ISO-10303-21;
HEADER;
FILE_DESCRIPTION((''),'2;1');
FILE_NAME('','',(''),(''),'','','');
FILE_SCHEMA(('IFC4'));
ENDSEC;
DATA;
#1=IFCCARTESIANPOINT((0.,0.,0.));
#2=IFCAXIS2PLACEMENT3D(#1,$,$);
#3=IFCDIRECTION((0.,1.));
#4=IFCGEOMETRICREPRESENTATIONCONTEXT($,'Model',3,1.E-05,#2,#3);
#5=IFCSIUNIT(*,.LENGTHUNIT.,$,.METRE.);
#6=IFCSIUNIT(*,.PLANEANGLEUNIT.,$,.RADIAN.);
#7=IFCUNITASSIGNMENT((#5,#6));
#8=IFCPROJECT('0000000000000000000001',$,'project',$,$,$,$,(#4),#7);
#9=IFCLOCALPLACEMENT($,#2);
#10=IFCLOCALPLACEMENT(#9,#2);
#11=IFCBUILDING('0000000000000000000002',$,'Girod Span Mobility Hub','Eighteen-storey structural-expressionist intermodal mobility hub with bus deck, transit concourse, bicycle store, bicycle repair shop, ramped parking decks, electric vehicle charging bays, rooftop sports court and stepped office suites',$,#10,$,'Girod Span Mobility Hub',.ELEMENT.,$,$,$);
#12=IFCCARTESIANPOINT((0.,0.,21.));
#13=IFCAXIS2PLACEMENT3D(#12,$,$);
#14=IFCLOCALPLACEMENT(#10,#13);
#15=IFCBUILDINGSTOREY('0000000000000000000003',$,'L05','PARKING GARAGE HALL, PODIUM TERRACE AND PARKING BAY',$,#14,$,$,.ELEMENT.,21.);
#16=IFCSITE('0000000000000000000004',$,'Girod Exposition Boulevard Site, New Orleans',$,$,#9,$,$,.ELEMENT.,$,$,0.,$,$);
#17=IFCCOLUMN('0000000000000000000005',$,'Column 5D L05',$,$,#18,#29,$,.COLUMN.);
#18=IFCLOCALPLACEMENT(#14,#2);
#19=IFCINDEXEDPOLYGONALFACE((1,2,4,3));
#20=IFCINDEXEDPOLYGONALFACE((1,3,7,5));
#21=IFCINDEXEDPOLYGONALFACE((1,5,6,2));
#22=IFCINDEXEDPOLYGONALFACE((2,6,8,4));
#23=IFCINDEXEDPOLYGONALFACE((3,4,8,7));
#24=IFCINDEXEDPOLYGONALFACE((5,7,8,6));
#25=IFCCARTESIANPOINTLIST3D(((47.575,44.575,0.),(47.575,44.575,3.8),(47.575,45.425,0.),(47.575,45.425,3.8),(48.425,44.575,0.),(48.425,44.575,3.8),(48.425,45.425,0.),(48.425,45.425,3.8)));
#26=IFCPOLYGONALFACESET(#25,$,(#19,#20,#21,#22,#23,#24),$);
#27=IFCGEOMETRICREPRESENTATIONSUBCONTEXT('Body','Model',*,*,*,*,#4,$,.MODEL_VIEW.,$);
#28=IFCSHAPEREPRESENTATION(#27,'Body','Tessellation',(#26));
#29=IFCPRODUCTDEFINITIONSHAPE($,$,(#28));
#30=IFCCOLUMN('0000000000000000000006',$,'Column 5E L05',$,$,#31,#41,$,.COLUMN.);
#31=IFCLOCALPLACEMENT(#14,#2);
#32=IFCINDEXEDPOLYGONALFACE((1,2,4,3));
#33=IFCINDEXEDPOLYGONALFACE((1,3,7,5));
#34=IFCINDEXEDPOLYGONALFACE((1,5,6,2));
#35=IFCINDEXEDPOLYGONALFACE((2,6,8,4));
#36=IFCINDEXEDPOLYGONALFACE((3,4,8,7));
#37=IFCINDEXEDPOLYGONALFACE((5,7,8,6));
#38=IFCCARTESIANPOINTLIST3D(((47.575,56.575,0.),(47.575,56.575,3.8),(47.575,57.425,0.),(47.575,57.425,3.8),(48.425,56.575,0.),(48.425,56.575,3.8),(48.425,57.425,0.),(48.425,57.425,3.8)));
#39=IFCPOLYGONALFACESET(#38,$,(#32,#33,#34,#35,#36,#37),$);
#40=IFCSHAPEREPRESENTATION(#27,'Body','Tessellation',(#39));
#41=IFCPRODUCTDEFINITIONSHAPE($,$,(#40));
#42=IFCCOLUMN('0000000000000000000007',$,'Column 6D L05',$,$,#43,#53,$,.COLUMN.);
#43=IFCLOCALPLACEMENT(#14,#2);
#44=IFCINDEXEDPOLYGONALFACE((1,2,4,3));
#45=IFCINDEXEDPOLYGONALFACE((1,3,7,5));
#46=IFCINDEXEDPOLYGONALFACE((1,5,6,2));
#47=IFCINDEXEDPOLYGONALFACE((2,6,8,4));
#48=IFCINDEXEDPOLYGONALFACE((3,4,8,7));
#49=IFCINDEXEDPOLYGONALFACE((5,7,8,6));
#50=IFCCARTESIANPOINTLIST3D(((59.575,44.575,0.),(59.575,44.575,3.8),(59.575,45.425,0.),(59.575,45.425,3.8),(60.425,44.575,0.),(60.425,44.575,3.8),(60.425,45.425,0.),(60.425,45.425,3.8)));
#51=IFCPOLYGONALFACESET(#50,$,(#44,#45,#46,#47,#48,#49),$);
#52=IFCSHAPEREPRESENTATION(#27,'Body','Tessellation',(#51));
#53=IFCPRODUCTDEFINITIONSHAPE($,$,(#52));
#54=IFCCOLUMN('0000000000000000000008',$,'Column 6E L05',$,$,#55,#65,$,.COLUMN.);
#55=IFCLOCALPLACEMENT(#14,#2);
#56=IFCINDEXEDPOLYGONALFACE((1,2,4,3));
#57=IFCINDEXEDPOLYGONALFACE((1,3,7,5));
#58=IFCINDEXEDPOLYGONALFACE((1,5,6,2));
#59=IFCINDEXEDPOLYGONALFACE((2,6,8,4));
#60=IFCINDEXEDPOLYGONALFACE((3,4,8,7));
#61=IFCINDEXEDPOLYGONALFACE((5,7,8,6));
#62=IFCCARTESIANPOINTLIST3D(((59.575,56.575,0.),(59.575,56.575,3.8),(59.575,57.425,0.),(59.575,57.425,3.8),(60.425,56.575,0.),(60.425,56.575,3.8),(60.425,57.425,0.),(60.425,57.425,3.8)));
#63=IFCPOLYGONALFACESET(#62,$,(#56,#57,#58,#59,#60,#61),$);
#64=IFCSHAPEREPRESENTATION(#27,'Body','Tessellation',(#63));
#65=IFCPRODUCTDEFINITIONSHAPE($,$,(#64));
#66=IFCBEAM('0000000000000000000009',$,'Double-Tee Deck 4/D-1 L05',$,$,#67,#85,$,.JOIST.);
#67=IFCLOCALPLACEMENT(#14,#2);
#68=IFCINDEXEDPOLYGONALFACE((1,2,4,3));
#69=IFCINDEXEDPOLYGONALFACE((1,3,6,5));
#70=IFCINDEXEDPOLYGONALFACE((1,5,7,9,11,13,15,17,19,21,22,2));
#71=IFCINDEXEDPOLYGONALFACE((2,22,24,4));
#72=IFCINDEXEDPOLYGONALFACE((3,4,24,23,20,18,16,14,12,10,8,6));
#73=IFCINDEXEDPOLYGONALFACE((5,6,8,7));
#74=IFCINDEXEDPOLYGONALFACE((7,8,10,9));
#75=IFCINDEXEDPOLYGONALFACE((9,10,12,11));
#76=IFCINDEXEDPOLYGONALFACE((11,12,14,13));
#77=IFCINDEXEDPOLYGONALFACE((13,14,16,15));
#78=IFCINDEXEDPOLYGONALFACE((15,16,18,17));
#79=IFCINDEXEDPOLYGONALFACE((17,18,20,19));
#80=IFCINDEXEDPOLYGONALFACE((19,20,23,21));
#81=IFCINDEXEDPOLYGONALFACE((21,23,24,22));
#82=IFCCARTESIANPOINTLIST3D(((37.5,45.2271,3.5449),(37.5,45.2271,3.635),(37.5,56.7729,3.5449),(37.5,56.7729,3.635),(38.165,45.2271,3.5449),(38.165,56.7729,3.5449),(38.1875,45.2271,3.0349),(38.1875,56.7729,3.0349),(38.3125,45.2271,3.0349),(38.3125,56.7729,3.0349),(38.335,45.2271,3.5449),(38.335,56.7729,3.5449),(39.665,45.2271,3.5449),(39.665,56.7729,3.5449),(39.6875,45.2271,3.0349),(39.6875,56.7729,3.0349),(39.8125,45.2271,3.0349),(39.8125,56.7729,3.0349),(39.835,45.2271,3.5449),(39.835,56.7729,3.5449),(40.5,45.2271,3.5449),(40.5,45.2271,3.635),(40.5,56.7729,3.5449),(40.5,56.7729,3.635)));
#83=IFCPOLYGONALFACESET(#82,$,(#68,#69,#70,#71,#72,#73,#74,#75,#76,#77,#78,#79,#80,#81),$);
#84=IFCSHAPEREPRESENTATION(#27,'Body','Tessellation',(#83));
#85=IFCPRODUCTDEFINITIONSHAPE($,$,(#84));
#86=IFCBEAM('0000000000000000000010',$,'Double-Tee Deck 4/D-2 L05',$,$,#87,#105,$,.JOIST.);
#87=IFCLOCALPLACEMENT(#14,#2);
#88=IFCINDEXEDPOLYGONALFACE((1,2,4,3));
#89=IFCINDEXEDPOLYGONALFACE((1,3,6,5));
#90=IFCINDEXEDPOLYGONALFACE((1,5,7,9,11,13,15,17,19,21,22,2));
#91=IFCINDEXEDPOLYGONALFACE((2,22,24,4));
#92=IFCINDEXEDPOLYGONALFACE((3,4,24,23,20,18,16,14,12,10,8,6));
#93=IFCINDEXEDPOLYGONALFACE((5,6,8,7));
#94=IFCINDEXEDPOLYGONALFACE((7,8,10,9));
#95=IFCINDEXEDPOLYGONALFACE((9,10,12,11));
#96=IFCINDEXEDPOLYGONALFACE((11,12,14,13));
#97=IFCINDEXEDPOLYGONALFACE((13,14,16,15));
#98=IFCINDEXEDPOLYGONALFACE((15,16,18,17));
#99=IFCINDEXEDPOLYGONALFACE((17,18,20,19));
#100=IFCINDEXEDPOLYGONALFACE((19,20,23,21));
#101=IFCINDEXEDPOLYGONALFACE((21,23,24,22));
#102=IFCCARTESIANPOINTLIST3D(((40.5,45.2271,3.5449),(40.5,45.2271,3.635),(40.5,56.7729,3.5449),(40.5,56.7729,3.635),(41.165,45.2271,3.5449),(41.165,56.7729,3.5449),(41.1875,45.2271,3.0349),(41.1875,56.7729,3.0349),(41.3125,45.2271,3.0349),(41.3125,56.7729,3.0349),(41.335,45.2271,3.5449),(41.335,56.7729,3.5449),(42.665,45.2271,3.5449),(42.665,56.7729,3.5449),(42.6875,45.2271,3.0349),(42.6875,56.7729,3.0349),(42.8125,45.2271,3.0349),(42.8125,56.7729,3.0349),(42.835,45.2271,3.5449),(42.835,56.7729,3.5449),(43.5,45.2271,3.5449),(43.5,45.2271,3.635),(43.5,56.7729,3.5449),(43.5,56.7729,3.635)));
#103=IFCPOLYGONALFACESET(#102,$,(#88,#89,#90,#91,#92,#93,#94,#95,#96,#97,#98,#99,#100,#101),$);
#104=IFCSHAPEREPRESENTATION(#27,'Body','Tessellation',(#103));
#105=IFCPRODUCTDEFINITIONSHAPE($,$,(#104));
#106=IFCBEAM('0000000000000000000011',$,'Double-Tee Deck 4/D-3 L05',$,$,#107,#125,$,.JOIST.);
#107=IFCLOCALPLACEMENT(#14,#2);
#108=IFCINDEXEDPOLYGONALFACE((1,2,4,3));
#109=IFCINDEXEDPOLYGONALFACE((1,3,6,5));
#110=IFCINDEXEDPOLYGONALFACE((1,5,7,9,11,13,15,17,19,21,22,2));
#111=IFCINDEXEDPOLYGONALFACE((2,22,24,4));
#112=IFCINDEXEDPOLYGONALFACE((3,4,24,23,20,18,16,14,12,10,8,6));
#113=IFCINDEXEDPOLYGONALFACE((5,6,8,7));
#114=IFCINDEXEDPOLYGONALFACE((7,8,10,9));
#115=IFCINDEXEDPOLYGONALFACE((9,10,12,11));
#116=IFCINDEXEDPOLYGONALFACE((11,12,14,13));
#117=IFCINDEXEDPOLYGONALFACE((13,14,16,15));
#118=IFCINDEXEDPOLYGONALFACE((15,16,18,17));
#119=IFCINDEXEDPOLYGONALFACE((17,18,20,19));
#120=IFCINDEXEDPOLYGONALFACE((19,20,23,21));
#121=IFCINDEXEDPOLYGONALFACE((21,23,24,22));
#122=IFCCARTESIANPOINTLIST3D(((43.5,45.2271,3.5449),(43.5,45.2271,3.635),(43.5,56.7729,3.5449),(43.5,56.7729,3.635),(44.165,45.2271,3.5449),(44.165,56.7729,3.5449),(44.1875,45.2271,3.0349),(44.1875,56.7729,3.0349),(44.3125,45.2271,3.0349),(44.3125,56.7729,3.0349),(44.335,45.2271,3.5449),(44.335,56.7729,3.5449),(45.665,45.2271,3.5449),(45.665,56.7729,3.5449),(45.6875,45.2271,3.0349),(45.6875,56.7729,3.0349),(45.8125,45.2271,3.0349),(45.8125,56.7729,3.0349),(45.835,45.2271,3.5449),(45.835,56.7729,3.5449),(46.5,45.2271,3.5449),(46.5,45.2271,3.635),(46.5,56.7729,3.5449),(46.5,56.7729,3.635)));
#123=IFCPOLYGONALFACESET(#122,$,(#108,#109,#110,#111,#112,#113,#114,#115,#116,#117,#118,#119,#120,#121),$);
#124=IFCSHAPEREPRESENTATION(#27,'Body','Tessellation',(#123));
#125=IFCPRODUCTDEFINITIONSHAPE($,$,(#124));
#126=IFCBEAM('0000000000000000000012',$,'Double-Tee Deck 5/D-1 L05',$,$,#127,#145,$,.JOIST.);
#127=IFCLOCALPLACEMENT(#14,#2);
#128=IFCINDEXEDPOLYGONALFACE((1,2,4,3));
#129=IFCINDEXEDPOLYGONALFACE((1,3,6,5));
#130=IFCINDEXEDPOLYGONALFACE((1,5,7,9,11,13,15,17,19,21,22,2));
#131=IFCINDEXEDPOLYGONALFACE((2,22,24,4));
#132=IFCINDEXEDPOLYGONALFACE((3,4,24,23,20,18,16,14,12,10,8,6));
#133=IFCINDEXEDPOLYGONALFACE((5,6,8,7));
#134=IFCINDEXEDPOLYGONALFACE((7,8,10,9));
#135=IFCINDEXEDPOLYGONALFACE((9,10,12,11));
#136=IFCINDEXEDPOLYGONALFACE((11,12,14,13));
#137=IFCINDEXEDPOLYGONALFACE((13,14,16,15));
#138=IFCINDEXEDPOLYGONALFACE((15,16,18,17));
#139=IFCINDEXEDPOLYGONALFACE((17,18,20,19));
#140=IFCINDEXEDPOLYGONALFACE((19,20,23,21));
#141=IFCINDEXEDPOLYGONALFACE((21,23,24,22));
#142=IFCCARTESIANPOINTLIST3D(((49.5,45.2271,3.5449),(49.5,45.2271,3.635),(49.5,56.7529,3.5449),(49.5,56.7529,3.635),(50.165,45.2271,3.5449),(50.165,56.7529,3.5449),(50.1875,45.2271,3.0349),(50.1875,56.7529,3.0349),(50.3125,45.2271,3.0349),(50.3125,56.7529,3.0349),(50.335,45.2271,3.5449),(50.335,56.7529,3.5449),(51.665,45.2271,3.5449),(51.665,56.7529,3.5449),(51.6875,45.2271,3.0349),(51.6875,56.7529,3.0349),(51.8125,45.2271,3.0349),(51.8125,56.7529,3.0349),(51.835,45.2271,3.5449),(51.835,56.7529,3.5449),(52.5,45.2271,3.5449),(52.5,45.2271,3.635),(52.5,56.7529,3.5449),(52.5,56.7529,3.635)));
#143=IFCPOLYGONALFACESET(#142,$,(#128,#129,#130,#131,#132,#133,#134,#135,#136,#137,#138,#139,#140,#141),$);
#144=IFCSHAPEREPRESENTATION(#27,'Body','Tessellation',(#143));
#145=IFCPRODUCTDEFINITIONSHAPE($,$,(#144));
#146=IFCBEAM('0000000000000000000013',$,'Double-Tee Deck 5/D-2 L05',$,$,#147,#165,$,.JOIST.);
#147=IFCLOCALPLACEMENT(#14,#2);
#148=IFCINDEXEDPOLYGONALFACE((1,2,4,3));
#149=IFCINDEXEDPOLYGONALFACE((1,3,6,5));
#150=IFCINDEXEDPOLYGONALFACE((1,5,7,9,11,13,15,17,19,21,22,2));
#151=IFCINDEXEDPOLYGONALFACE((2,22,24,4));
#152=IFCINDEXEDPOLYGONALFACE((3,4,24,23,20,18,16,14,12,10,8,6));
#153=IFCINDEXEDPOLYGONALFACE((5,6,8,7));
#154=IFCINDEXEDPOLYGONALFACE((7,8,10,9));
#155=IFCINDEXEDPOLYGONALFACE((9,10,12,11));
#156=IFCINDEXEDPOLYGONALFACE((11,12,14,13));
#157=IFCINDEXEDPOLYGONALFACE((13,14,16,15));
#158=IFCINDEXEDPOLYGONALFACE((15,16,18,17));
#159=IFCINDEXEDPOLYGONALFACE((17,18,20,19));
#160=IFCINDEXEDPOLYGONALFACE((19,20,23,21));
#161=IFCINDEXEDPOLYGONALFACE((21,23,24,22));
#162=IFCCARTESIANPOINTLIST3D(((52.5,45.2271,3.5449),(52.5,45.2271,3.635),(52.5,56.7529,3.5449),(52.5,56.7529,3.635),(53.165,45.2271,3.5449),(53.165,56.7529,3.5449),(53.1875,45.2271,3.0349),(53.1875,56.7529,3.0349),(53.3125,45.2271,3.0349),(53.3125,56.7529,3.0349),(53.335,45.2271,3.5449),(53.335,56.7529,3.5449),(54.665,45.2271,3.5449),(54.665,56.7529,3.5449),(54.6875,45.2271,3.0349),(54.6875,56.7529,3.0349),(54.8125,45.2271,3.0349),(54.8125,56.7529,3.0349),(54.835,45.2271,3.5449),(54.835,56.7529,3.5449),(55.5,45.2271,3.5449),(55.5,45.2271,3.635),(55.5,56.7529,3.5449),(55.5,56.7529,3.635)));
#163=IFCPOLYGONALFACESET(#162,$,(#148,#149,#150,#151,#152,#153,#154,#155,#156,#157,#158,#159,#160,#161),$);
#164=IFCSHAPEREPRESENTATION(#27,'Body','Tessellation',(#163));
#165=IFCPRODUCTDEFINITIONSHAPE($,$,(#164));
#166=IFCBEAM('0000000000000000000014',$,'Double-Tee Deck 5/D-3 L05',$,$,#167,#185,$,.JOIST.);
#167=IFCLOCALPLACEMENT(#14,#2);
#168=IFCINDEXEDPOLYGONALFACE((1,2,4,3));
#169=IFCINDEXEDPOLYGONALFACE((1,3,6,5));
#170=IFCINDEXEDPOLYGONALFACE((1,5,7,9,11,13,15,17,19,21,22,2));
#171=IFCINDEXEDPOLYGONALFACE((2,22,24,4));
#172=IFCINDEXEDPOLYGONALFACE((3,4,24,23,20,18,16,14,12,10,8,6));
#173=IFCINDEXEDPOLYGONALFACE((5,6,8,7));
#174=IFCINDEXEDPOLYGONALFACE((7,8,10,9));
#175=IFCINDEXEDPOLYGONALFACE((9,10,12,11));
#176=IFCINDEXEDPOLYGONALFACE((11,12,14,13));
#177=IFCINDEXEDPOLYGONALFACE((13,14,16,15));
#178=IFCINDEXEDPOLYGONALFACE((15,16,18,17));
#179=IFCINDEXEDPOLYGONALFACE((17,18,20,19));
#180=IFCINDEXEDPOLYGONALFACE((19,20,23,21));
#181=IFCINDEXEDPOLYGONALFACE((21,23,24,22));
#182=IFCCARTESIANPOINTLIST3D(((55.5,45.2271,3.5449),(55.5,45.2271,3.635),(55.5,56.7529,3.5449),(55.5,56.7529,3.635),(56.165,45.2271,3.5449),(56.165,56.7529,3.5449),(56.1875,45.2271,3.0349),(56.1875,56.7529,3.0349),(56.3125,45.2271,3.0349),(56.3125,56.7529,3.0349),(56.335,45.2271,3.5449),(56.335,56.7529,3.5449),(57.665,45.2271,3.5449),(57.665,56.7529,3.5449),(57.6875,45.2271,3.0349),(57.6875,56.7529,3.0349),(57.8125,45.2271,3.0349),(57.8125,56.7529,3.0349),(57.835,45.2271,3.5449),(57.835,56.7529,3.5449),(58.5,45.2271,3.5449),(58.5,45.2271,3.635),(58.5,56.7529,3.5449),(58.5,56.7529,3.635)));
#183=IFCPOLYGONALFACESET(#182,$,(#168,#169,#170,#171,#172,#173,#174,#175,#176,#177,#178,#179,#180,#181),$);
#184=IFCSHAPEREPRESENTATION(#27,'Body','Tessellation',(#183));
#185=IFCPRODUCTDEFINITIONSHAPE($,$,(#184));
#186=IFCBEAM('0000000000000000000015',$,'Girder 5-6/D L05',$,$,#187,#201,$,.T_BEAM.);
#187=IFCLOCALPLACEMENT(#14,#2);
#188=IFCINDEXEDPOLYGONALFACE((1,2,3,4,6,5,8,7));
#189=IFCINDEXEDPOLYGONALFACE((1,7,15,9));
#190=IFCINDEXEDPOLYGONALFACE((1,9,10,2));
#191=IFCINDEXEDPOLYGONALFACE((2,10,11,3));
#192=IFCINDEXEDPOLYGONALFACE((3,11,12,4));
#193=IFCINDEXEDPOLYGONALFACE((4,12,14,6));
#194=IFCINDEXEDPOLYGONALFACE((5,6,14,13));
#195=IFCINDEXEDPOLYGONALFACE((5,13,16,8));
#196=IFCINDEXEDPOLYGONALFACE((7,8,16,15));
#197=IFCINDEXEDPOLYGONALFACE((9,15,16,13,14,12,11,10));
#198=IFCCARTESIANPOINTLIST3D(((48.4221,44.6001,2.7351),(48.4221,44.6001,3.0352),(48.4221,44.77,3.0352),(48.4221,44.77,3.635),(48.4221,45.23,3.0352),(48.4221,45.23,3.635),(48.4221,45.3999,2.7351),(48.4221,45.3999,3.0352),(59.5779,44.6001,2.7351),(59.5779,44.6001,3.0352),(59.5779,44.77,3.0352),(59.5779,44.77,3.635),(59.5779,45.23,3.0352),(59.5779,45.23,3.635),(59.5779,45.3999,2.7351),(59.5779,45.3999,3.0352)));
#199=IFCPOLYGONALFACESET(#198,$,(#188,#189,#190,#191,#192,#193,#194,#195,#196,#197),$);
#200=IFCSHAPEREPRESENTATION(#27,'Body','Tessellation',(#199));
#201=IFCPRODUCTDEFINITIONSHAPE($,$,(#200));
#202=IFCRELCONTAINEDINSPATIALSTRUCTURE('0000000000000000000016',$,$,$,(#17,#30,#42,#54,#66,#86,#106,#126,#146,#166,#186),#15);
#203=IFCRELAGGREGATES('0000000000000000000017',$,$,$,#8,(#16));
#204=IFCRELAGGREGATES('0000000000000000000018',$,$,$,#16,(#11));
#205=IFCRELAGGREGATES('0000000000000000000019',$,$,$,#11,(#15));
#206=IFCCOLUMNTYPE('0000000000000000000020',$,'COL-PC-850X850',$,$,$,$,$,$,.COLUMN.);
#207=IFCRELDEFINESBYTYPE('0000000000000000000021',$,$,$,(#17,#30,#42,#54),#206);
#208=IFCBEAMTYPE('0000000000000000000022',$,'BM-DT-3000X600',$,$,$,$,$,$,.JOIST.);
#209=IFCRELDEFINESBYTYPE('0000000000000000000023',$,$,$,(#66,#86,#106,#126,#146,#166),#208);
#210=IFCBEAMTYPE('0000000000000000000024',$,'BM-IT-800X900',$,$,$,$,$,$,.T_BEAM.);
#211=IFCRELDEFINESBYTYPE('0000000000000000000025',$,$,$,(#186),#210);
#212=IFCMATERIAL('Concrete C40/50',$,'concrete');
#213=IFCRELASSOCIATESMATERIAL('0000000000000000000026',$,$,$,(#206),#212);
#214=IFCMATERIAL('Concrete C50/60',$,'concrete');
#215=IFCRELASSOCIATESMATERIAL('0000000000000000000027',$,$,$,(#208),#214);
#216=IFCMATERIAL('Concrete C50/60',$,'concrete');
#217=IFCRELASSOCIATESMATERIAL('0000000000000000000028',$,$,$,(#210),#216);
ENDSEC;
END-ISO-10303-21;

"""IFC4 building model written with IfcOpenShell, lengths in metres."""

from ifc_helpers import new_model, si_unit, direction, frame, origin, origin_2d, place, context, subcontext, project, spatial, polyline, rectangle, outline, extrude, material, material_profile, profile_set, type_object, element, save


model = new_model("IFC4")

# Units and contexts
model_context = context("Model", 3, precision=1e-05, world=origin(), true_north=direction((0.0, 1.0)))
body_context = subcontext(model_context, "Body", "Model", "MODEL_VIEW")
ifc_project = project(units=[si_unit("LENGTHUNIT", "METRE"), si_unit("PLANEANGLEUNIT", "RADIAN")], contexts=[model_context])

# Site, building, storey
site_placement = place(None, origin())
site = spatial("IfcSite", under=ifc_project, at=site_placement, Name="Girod Exposition Boulevard Site, New Orleans", CompositionType="ELEMENT", RefElevation=0.0)
building_placement = place(site_placement, origin())
building = spatial("IfcBuilding", under=site, at=building_placement, Name="Girod Span Mobility Hub", Description="Eighteen-storey structural-expressionist intermodal mobility hub with bus deck, transit concourse, bicycle store, bicycle repair shop, ramped parking decks, electric vehicle charging bays, rooftop sports court and stepped office suites", LongName="Girod Span Mobility Hub", CompositionType="ELEMENT")
storey_placement = place(building_placement, frame((0.0, 0.0, 21.0)))
storey = spatial("IfcBuildingStorey", under=building, at=storey_placement, Name="L05", Description="PARKING GARAGE HALL, PODIUM TERRACE AND PARKING BAY", CompositionType="ELEMENT", Elevation=21.0)

# Columns
ifc_material_1 = material(Name="Concrete C40/50", Category="concrete")
ifc_material_profile_1 = material_profile(ifc_material_1, rectangle(XDim=0.8501, YDim=0.8501, at=origin_2d()), Name="PC-COL-850X850")
ifc_profile_set_1 = profile_set([ifc_material_profile_1], Name="Concrete C40/50")
column_type = type_object("IfcColumnType", Name="COL-PC-850X850", PredefinedType="COLUMN", material=ifc_profile_set_1)
for number, where, z_axis, x_axis, name in (
    (1, (48.0, 45.0, 0.0), (0.0, 0.0, 1.0), (1.0, 0.0, 0.0), "Column 5D L05"),
    (2, (48.0, 57.0, 0.0), (0.0, 0.0, 1.0), (1.0, 0.0, 0.0), "Column 5E L05"),
    (3, (60.0, 45.0, 0.0), (0.0, 0.0, 1.0), (1.0, 0.0, 0.0), "Column 6D L05"),
    (4, (60.0, 57.0, 0.0), (0.0, 0.0, 1.0), (1.0, 0.0, 0.0), "Column 6E L05"),
):
    element("IfcColumn", number, at=place(storey_placement, frame(where, z_axis=z_axis, x_axis=x_axis)), inside=storey, type_object=column_type, Name=name, PredefinedType="COLUMN", context=body_context, shape_type="SweptSolid", body=[
        extrude(rectangle(XDim=0.8501, YDim=0.8501, at=origin_2d()), origin(), (0.0, 0.0, 1.0), 3.8),
    ])

# Beams
ifc_material_2 = material(Name="Concrete C50/60", Category="concrete")
ifc_material_profile_2 = material_profile(ifc_material_2, outline(polyline([(-1.5, 0.3), (-1.5, 0.21), (-0.835, 0.21), (-0.8125, -0.3), (-0.6875, -0.3), (-0.665, 0.21), (0.665, 0.21), (0.6875, -0.3), (0.8125, -0.3), (0.835, 0.21), (1.5, 0.21), (1.5, 0.3), (-1.5, 0.3)])), Name="DT-3000X600")
ifc_profile_set_2 = profile_set([ifc_material_profile_2], Name="Concrete C50/60")
beam_type_1 = type_object("IfcBeamType", Name="BM-DT-3000X600", PredefinedType="JOIST", material=ifc_profile_set_2)
for number, where, z_axis, x_axis, name in (
    (5, (39.0, 45.2271, 3.335), (0.0, 1.0, 0.0), (-1.0, 0.0, 0.0), "Double-Tee Deck 4/D-1 L05"),
    (6, (42.0, 45.2271, 3.335), (0.0, 1.0, 0.0), (-1.0, 0.0, 0.0), "Double-Tee Deck 4/D-2 L05"),
    (7, (45.0, 45.2271, 3.335), (0.0, 1.0, 0.0), (-1.0, 0.0, 0.0), "Double-Tee Deck 4/D-3 L05"),
):
    element("IfcBeam", number, at=place(storey_placement, frame(where, z_axis=z_axis, x_axis=x_axis)), inside=storey, type_object=beam_type_1, Name=name, PredefinedType="JOIST", context=body_context, shape_type="SweptSolid", body=[
        extrude(outline(polyline([(-1.5, 0.3), (-1.5, 0.21), (-0.835, 0.21), (-0.8125, -0.3), (-0.6875, -0.3), (-0.665, 0.21), (0.665, 0.21), (0.6875, -0.3), (0.8125, -0.3), (0.835, 0.21), (1.5, 0.21), (1.5, 0.3), (-1.5, 0.3)])), origin(), (0.0, 0.0, 1.0), 11.5459),
    ])
for number, where, z_axis, x_axis, name in (
    (8, (51.0, 45.2271, 3.335), (0.0, 1.0, 0.0), (-1.0, 0.0, 0.0), "Double-Tee Deck 5/D-1 L05"),
    (9, (54.0, 45.2271, 3.335), (0.0, 1.0, 0.0), (-1.0, 0.0, 0.0), "Double-Tee Deck 5/D-2 L05"),
    (10, (57.0, 45.2271, 3.335), (0.0, 1.0, 0.0), (-1.0, 0.0, 0.0), "Double-Tee Deck 5/D-3 L05"),
):
    element("IfcBeam", number, at=place(storey_placement, frame(where, z_axis=z_axis, x_axis=x_axis)), inside=storey, type_object=beam_type_1, Name=name, PredefinedType="JOIST", context=body_context, shape_type="SweptSolid", body=[
        extrude(outline(polyline([(-1.5, 0.3), (-1.5, 0.21), (-0.835, 0.21), (-0.8125, -0.3), (-0.6875, -0.3), (-0.665, 0.21), (0.665, 0.21), (0.6875, -0.3), (0.8125, -0.3), (0.835, 0.21), (1.5, 0.21), (1.5, 0.3), (-1.5, 0.3)])), origin(), (0.0, 0.0, 1.0), 11.5259),
    ])
ifc_material_3 = material(Name="Concrete C50/60", Category="concrete")
ifc_material_profile_3 = material_profile(ifc_material_3, outline(polyline([(-0.3999, -0.45), (0.3999, -0.45), (0.3999, -0.1499), (0.23, -0.1499), (0.23, 0.45), (-0.23, 0.45), (-0.23, -0.1499), (-0.3999, -0.1499), (-0.3999, -0.45)])), Name="IT-800X900")
ifc_profile_set_3 = profile_set([ifc_material_profile_3], Name="Concrete C50/60")
beam_type_2 = type_object("IfcBeamType", Name="BM-IT-800X900", PredefinedType="T_BEAM", material=ifc_profile_set_3)
beam_1_placement = place(storey_placement, frame((48.4221, 45.0, 3.1851), z_axis=(1.0, 0.0, 0.0), x_axis=(0.0, 1.0, 0.0)))
element("IfcBeam", 11, at=beam_1_placement, inside=storey, type_object=beam_type_2, Name="Girder 5-6/D L05", PredefinedType="T_BEAM", context=body_context, shape_type="SweptSolid", body=[
    extrude(outline(polyline([(-0.3999, -0.45), (0.3999, -0.45), (0.3999, -0.1499), (0.23, -0.1499), (0.23, 0.45), (-0.23, 0.45), (-0.23, -0.1499), (-0.3999, -0.1499), (-0.3999, -0.45)])), origin(), (0.0, 0.0, 1.0), 11.1558),
])

save(model, "model.ifc")
